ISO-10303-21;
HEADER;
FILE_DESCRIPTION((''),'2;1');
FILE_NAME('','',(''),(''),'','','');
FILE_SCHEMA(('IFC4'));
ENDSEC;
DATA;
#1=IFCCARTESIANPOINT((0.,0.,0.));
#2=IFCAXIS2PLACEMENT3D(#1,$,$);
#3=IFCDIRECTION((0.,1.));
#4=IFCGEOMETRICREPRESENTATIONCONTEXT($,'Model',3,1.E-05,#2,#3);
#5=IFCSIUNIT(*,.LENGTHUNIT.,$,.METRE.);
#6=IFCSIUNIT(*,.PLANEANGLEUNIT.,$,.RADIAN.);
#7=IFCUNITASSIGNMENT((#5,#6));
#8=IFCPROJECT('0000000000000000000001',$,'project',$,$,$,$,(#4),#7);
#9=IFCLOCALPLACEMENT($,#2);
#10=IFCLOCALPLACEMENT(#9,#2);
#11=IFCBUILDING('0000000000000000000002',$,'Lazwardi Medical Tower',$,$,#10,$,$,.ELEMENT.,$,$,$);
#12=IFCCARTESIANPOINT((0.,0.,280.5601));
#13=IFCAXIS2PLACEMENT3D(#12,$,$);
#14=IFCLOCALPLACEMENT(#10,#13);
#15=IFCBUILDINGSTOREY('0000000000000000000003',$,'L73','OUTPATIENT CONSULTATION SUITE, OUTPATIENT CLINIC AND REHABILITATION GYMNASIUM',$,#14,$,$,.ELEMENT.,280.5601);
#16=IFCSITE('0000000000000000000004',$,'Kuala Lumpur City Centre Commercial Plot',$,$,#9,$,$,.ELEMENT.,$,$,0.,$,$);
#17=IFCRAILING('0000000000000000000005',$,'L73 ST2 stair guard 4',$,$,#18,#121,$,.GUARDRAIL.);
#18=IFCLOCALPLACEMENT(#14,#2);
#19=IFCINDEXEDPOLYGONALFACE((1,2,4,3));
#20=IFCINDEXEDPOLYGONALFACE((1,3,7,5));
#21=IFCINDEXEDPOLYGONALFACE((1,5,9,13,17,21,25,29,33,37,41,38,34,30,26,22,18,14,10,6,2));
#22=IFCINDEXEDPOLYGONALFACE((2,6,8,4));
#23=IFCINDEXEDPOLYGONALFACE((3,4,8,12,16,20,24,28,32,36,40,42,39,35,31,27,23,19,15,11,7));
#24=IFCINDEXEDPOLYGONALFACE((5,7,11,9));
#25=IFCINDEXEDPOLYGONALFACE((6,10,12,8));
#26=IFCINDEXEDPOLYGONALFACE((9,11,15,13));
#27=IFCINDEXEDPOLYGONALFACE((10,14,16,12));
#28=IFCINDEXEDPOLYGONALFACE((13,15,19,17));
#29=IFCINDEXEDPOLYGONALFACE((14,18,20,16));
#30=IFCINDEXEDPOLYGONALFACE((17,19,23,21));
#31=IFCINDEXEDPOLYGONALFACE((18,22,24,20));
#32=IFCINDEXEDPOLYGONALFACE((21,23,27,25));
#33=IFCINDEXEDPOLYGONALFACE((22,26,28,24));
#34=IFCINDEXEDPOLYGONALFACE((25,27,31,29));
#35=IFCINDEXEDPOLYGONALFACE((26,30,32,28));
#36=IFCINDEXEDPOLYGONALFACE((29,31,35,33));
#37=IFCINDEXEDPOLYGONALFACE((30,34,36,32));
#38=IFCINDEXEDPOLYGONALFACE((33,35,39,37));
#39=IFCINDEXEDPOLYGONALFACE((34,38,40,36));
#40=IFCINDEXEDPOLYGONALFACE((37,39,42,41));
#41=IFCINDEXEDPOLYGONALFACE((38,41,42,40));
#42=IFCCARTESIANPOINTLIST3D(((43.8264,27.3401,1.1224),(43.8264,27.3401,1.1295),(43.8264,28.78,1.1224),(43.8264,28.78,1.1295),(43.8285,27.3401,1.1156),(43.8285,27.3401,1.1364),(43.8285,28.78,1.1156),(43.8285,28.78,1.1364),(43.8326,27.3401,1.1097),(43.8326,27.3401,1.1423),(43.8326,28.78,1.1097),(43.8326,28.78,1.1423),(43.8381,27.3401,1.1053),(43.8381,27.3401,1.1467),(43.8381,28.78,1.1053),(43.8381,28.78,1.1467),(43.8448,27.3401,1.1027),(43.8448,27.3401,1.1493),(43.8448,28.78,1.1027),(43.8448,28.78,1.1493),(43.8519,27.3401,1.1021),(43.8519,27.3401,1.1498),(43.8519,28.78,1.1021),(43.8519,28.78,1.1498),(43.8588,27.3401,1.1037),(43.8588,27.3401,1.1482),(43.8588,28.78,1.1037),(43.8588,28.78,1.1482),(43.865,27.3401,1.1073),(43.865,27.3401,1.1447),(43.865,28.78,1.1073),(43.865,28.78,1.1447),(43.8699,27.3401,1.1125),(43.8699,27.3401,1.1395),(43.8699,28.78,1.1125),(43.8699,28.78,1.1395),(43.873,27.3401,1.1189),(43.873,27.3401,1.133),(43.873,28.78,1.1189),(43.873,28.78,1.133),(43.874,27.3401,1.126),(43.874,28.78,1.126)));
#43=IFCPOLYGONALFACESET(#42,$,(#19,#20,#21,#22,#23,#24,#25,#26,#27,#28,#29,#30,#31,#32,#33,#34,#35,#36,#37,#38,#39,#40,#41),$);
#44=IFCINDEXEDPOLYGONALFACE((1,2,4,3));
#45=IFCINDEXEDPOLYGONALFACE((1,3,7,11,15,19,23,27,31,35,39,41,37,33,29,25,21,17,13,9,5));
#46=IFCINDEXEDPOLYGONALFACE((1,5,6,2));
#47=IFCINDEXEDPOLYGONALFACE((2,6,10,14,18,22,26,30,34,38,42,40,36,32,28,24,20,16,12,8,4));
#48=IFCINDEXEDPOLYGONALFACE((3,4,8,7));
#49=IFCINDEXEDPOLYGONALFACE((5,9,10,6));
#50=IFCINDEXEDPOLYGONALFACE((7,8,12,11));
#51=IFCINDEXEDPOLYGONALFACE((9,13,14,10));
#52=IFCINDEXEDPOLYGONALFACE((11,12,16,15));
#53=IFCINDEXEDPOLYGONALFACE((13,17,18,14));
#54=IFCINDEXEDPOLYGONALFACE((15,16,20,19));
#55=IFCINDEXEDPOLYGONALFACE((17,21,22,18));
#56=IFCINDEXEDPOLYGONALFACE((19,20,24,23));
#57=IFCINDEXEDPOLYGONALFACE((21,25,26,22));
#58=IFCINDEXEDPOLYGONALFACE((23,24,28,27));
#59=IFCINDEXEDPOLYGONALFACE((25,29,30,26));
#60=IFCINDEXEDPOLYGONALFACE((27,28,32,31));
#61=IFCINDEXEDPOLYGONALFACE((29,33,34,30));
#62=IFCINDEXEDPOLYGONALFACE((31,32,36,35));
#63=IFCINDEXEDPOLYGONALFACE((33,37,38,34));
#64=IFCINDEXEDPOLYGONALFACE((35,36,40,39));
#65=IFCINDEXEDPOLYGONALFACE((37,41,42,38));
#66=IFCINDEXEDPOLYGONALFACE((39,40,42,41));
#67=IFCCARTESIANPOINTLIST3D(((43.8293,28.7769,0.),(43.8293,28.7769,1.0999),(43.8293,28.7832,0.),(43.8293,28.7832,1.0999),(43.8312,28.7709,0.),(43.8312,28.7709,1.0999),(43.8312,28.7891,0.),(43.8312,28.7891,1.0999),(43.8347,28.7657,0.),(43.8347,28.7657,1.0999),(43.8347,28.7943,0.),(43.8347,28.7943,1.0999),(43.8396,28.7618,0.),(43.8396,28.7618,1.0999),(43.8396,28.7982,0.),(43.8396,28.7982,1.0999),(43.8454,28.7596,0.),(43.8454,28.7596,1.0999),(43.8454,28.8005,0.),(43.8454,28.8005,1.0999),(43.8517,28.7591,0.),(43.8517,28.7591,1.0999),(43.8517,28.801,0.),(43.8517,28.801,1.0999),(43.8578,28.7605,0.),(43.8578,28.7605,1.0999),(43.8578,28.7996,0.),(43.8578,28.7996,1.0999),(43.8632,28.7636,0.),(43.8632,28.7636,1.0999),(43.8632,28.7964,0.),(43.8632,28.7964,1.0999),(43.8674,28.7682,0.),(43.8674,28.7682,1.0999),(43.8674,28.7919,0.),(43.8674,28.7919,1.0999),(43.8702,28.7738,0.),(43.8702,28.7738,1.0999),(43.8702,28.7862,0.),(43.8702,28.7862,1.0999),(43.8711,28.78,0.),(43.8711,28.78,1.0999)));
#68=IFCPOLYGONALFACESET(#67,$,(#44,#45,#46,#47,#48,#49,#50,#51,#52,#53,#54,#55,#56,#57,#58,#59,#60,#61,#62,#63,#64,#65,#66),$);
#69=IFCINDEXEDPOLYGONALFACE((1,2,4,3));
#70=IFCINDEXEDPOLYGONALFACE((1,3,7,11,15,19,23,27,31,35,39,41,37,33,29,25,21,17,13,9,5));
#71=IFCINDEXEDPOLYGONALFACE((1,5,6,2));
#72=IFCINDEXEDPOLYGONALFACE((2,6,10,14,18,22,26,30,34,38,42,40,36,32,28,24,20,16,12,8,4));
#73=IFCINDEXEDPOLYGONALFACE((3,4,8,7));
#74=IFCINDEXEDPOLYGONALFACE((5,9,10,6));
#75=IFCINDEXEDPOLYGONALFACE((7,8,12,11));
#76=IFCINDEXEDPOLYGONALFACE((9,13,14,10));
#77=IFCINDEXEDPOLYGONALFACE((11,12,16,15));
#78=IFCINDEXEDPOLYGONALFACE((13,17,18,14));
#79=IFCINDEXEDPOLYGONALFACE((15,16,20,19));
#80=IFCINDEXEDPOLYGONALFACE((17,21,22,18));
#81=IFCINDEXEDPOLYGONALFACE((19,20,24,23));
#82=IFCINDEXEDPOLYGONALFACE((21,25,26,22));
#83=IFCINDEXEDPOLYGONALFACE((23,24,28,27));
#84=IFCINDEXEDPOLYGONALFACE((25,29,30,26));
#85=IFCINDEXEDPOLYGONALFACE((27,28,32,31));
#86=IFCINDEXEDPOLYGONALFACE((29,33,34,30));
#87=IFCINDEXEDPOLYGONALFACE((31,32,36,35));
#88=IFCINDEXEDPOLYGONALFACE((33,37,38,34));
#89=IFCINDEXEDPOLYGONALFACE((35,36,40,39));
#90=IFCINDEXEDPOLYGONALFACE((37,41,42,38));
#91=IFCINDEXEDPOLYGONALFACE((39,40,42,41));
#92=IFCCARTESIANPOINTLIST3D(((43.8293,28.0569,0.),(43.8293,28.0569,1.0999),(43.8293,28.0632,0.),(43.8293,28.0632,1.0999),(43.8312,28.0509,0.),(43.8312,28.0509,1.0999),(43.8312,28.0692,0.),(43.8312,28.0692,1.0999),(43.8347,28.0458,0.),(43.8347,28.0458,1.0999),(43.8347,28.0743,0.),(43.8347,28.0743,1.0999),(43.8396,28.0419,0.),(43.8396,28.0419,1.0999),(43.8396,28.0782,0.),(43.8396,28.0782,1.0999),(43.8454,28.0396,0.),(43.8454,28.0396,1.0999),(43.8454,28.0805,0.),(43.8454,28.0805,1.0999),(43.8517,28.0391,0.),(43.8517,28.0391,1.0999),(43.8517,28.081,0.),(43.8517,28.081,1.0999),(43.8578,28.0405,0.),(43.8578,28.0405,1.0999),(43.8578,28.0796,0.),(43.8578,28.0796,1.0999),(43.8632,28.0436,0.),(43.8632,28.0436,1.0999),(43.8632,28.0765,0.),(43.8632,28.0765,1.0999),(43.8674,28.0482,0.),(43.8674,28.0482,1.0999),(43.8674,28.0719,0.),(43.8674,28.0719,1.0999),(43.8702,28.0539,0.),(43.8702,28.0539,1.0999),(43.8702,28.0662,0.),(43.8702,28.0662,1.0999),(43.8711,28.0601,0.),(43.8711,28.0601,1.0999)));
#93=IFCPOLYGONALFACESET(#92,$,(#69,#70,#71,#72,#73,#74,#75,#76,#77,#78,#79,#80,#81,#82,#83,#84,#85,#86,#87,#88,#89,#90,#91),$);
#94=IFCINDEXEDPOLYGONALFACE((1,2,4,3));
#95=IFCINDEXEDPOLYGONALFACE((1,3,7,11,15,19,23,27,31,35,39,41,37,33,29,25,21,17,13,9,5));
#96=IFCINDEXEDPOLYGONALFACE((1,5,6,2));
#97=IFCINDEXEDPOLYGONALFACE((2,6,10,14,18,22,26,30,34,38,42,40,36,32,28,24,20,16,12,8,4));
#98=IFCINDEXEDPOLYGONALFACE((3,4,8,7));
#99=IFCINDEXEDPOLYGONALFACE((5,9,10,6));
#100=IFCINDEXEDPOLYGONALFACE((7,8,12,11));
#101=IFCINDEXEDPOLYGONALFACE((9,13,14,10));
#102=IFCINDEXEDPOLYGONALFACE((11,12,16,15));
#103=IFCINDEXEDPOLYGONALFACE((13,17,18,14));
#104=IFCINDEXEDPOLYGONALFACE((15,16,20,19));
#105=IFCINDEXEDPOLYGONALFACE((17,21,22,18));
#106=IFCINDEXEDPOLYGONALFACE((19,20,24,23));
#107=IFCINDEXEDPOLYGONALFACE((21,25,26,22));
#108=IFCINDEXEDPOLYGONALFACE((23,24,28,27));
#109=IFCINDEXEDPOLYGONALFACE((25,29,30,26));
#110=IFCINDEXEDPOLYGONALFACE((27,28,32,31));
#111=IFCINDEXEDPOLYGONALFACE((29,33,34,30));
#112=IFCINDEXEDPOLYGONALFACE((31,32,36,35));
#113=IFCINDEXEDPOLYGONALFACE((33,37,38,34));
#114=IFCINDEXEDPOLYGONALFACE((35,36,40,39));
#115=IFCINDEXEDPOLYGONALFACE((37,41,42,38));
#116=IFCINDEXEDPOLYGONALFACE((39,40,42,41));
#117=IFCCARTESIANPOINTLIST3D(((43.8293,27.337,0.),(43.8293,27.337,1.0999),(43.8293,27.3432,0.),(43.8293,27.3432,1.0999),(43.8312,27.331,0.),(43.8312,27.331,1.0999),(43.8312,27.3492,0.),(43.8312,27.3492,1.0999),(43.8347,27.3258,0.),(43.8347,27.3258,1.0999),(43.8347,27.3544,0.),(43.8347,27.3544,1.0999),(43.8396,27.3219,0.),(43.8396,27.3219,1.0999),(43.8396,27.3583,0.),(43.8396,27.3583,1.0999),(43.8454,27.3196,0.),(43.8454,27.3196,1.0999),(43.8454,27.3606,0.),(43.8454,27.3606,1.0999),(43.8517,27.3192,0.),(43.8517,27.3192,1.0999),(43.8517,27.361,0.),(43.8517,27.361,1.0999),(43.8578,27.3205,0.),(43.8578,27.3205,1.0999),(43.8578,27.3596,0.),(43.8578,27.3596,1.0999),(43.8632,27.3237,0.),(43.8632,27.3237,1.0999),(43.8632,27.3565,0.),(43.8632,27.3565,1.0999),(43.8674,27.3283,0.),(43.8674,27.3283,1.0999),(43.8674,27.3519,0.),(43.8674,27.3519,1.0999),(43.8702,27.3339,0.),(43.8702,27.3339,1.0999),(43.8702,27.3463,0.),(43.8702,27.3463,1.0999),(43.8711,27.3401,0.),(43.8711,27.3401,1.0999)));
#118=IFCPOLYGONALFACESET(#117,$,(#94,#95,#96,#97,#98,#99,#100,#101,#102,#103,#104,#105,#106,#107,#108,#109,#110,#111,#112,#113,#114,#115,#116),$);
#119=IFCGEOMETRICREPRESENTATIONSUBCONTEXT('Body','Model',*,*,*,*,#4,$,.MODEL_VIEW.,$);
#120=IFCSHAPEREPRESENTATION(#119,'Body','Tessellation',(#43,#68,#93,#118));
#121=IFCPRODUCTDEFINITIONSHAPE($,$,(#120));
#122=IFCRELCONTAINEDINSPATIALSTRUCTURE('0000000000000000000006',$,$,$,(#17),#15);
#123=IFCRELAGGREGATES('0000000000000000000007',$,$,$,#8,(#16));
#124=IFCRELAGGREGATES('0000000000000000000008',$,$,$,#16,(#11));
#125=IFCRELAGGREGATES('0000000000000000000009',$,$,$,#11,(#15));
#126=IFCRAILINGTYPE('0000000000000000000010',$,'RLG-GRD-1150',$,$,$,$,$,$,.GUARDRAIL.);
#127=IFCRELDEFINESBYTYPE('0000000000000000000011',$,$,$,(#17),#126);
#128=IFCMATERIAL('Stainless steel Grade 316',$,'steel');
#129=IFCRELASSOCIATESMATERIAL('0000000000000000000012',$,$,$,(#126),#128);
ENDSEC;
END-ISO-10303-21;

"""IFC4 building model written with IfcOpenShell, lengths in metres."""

from ifc_helpers import new_model, si_unit, direction, frame, origin, origin_2d, place, context, subcontext, project, spatial, circle, extrude, material, type_object, element, save


model = new_model("IFC4")

# Units and contexts
model_context = context("Model", 3, precision=1e-05, world=origin(), true_north=direction((0.0, 1.0)))
body_context = subcontext(model_context, "Body", "Model", "MODEL_VIEW")
ifc_project = project(units=[si_unit("LENGTHUNIT", "METRE"), si_unit("PLANEANGLEUNIT", "RADIAN")], contexts=[model_context])

# Site, building, storey
site_placement = place(None, origin())
site = spatial("IfcSite", under=ifc_project, at=site_placement, Name="Kuala Lumpur City Centre Commercial Plot", CompositionType="ELEMENT", RefElevation=0.0)
building_placement = place(site_placement, origin())
building = spatial("IfcBuilding", under=site, at=building_placement, Name="Lazwardi Medical Tower", CompositionType="ELEMENT")
storey_placement = place(building_placement, frame((0.0, 0.0, 280.5601)))
storey = spatial("IfcBuildingStorey", under=building, at=storey_placement, Name="L73", Description="OUTPATIENT CONSULTATION SUITE, OUTPATIENT CLINIC AND REHABILITATION GYMNASIUM", CompositionType="ELEMENT", Elevation=280.5601)

# Railing
ifc_material_1 = material(Name="Stainless steel Grade 316", Category="steel")
railing_type_1 = type_object("IfcRailingType", Name="RLG-GRD-1150", PredefinedType="GUARDRAIL", material=ifc_material_1)
railing_1_placement = place(storey_placement, frame((43.8501, 28.78, 0.0)))
element("IfcRailing", 1, at=railing_1_placement, inside=storey, type_object=railing_type_1, Name="L73 ST2 stair guard 4", PredefinedType="GUARDRAIL", context=body_context, shape_type="SweptSolid", body=[
    extrude(circle(Radius=0.0239, at=origin_2d()), frame((0.0, 0.0, 1.126), z_axis=(0.0, -1.0, 0.0), x_axis=(1.0, 0.0, 0.0)), (0.0, 0.0, 1.0), 1.4399),
    extrude(circle(Radius=0.021, at=origin_2d()), origin(), (0.0, 0.0, 1.0), 1.0999),
    extrude(circle(Radius=0.021, at=origin_2d()), frame((0.0, -0.72, 0.0)), (0.0, 0.0, 1.0), 1.0999),
    extrude(circle(Radius=0.021, at=origin_2d()), frame((0.0, -1.4399, 0.0)), (0.0, 0.0, 1.0), 1.0999),
])

save(model, "model.ifc")
